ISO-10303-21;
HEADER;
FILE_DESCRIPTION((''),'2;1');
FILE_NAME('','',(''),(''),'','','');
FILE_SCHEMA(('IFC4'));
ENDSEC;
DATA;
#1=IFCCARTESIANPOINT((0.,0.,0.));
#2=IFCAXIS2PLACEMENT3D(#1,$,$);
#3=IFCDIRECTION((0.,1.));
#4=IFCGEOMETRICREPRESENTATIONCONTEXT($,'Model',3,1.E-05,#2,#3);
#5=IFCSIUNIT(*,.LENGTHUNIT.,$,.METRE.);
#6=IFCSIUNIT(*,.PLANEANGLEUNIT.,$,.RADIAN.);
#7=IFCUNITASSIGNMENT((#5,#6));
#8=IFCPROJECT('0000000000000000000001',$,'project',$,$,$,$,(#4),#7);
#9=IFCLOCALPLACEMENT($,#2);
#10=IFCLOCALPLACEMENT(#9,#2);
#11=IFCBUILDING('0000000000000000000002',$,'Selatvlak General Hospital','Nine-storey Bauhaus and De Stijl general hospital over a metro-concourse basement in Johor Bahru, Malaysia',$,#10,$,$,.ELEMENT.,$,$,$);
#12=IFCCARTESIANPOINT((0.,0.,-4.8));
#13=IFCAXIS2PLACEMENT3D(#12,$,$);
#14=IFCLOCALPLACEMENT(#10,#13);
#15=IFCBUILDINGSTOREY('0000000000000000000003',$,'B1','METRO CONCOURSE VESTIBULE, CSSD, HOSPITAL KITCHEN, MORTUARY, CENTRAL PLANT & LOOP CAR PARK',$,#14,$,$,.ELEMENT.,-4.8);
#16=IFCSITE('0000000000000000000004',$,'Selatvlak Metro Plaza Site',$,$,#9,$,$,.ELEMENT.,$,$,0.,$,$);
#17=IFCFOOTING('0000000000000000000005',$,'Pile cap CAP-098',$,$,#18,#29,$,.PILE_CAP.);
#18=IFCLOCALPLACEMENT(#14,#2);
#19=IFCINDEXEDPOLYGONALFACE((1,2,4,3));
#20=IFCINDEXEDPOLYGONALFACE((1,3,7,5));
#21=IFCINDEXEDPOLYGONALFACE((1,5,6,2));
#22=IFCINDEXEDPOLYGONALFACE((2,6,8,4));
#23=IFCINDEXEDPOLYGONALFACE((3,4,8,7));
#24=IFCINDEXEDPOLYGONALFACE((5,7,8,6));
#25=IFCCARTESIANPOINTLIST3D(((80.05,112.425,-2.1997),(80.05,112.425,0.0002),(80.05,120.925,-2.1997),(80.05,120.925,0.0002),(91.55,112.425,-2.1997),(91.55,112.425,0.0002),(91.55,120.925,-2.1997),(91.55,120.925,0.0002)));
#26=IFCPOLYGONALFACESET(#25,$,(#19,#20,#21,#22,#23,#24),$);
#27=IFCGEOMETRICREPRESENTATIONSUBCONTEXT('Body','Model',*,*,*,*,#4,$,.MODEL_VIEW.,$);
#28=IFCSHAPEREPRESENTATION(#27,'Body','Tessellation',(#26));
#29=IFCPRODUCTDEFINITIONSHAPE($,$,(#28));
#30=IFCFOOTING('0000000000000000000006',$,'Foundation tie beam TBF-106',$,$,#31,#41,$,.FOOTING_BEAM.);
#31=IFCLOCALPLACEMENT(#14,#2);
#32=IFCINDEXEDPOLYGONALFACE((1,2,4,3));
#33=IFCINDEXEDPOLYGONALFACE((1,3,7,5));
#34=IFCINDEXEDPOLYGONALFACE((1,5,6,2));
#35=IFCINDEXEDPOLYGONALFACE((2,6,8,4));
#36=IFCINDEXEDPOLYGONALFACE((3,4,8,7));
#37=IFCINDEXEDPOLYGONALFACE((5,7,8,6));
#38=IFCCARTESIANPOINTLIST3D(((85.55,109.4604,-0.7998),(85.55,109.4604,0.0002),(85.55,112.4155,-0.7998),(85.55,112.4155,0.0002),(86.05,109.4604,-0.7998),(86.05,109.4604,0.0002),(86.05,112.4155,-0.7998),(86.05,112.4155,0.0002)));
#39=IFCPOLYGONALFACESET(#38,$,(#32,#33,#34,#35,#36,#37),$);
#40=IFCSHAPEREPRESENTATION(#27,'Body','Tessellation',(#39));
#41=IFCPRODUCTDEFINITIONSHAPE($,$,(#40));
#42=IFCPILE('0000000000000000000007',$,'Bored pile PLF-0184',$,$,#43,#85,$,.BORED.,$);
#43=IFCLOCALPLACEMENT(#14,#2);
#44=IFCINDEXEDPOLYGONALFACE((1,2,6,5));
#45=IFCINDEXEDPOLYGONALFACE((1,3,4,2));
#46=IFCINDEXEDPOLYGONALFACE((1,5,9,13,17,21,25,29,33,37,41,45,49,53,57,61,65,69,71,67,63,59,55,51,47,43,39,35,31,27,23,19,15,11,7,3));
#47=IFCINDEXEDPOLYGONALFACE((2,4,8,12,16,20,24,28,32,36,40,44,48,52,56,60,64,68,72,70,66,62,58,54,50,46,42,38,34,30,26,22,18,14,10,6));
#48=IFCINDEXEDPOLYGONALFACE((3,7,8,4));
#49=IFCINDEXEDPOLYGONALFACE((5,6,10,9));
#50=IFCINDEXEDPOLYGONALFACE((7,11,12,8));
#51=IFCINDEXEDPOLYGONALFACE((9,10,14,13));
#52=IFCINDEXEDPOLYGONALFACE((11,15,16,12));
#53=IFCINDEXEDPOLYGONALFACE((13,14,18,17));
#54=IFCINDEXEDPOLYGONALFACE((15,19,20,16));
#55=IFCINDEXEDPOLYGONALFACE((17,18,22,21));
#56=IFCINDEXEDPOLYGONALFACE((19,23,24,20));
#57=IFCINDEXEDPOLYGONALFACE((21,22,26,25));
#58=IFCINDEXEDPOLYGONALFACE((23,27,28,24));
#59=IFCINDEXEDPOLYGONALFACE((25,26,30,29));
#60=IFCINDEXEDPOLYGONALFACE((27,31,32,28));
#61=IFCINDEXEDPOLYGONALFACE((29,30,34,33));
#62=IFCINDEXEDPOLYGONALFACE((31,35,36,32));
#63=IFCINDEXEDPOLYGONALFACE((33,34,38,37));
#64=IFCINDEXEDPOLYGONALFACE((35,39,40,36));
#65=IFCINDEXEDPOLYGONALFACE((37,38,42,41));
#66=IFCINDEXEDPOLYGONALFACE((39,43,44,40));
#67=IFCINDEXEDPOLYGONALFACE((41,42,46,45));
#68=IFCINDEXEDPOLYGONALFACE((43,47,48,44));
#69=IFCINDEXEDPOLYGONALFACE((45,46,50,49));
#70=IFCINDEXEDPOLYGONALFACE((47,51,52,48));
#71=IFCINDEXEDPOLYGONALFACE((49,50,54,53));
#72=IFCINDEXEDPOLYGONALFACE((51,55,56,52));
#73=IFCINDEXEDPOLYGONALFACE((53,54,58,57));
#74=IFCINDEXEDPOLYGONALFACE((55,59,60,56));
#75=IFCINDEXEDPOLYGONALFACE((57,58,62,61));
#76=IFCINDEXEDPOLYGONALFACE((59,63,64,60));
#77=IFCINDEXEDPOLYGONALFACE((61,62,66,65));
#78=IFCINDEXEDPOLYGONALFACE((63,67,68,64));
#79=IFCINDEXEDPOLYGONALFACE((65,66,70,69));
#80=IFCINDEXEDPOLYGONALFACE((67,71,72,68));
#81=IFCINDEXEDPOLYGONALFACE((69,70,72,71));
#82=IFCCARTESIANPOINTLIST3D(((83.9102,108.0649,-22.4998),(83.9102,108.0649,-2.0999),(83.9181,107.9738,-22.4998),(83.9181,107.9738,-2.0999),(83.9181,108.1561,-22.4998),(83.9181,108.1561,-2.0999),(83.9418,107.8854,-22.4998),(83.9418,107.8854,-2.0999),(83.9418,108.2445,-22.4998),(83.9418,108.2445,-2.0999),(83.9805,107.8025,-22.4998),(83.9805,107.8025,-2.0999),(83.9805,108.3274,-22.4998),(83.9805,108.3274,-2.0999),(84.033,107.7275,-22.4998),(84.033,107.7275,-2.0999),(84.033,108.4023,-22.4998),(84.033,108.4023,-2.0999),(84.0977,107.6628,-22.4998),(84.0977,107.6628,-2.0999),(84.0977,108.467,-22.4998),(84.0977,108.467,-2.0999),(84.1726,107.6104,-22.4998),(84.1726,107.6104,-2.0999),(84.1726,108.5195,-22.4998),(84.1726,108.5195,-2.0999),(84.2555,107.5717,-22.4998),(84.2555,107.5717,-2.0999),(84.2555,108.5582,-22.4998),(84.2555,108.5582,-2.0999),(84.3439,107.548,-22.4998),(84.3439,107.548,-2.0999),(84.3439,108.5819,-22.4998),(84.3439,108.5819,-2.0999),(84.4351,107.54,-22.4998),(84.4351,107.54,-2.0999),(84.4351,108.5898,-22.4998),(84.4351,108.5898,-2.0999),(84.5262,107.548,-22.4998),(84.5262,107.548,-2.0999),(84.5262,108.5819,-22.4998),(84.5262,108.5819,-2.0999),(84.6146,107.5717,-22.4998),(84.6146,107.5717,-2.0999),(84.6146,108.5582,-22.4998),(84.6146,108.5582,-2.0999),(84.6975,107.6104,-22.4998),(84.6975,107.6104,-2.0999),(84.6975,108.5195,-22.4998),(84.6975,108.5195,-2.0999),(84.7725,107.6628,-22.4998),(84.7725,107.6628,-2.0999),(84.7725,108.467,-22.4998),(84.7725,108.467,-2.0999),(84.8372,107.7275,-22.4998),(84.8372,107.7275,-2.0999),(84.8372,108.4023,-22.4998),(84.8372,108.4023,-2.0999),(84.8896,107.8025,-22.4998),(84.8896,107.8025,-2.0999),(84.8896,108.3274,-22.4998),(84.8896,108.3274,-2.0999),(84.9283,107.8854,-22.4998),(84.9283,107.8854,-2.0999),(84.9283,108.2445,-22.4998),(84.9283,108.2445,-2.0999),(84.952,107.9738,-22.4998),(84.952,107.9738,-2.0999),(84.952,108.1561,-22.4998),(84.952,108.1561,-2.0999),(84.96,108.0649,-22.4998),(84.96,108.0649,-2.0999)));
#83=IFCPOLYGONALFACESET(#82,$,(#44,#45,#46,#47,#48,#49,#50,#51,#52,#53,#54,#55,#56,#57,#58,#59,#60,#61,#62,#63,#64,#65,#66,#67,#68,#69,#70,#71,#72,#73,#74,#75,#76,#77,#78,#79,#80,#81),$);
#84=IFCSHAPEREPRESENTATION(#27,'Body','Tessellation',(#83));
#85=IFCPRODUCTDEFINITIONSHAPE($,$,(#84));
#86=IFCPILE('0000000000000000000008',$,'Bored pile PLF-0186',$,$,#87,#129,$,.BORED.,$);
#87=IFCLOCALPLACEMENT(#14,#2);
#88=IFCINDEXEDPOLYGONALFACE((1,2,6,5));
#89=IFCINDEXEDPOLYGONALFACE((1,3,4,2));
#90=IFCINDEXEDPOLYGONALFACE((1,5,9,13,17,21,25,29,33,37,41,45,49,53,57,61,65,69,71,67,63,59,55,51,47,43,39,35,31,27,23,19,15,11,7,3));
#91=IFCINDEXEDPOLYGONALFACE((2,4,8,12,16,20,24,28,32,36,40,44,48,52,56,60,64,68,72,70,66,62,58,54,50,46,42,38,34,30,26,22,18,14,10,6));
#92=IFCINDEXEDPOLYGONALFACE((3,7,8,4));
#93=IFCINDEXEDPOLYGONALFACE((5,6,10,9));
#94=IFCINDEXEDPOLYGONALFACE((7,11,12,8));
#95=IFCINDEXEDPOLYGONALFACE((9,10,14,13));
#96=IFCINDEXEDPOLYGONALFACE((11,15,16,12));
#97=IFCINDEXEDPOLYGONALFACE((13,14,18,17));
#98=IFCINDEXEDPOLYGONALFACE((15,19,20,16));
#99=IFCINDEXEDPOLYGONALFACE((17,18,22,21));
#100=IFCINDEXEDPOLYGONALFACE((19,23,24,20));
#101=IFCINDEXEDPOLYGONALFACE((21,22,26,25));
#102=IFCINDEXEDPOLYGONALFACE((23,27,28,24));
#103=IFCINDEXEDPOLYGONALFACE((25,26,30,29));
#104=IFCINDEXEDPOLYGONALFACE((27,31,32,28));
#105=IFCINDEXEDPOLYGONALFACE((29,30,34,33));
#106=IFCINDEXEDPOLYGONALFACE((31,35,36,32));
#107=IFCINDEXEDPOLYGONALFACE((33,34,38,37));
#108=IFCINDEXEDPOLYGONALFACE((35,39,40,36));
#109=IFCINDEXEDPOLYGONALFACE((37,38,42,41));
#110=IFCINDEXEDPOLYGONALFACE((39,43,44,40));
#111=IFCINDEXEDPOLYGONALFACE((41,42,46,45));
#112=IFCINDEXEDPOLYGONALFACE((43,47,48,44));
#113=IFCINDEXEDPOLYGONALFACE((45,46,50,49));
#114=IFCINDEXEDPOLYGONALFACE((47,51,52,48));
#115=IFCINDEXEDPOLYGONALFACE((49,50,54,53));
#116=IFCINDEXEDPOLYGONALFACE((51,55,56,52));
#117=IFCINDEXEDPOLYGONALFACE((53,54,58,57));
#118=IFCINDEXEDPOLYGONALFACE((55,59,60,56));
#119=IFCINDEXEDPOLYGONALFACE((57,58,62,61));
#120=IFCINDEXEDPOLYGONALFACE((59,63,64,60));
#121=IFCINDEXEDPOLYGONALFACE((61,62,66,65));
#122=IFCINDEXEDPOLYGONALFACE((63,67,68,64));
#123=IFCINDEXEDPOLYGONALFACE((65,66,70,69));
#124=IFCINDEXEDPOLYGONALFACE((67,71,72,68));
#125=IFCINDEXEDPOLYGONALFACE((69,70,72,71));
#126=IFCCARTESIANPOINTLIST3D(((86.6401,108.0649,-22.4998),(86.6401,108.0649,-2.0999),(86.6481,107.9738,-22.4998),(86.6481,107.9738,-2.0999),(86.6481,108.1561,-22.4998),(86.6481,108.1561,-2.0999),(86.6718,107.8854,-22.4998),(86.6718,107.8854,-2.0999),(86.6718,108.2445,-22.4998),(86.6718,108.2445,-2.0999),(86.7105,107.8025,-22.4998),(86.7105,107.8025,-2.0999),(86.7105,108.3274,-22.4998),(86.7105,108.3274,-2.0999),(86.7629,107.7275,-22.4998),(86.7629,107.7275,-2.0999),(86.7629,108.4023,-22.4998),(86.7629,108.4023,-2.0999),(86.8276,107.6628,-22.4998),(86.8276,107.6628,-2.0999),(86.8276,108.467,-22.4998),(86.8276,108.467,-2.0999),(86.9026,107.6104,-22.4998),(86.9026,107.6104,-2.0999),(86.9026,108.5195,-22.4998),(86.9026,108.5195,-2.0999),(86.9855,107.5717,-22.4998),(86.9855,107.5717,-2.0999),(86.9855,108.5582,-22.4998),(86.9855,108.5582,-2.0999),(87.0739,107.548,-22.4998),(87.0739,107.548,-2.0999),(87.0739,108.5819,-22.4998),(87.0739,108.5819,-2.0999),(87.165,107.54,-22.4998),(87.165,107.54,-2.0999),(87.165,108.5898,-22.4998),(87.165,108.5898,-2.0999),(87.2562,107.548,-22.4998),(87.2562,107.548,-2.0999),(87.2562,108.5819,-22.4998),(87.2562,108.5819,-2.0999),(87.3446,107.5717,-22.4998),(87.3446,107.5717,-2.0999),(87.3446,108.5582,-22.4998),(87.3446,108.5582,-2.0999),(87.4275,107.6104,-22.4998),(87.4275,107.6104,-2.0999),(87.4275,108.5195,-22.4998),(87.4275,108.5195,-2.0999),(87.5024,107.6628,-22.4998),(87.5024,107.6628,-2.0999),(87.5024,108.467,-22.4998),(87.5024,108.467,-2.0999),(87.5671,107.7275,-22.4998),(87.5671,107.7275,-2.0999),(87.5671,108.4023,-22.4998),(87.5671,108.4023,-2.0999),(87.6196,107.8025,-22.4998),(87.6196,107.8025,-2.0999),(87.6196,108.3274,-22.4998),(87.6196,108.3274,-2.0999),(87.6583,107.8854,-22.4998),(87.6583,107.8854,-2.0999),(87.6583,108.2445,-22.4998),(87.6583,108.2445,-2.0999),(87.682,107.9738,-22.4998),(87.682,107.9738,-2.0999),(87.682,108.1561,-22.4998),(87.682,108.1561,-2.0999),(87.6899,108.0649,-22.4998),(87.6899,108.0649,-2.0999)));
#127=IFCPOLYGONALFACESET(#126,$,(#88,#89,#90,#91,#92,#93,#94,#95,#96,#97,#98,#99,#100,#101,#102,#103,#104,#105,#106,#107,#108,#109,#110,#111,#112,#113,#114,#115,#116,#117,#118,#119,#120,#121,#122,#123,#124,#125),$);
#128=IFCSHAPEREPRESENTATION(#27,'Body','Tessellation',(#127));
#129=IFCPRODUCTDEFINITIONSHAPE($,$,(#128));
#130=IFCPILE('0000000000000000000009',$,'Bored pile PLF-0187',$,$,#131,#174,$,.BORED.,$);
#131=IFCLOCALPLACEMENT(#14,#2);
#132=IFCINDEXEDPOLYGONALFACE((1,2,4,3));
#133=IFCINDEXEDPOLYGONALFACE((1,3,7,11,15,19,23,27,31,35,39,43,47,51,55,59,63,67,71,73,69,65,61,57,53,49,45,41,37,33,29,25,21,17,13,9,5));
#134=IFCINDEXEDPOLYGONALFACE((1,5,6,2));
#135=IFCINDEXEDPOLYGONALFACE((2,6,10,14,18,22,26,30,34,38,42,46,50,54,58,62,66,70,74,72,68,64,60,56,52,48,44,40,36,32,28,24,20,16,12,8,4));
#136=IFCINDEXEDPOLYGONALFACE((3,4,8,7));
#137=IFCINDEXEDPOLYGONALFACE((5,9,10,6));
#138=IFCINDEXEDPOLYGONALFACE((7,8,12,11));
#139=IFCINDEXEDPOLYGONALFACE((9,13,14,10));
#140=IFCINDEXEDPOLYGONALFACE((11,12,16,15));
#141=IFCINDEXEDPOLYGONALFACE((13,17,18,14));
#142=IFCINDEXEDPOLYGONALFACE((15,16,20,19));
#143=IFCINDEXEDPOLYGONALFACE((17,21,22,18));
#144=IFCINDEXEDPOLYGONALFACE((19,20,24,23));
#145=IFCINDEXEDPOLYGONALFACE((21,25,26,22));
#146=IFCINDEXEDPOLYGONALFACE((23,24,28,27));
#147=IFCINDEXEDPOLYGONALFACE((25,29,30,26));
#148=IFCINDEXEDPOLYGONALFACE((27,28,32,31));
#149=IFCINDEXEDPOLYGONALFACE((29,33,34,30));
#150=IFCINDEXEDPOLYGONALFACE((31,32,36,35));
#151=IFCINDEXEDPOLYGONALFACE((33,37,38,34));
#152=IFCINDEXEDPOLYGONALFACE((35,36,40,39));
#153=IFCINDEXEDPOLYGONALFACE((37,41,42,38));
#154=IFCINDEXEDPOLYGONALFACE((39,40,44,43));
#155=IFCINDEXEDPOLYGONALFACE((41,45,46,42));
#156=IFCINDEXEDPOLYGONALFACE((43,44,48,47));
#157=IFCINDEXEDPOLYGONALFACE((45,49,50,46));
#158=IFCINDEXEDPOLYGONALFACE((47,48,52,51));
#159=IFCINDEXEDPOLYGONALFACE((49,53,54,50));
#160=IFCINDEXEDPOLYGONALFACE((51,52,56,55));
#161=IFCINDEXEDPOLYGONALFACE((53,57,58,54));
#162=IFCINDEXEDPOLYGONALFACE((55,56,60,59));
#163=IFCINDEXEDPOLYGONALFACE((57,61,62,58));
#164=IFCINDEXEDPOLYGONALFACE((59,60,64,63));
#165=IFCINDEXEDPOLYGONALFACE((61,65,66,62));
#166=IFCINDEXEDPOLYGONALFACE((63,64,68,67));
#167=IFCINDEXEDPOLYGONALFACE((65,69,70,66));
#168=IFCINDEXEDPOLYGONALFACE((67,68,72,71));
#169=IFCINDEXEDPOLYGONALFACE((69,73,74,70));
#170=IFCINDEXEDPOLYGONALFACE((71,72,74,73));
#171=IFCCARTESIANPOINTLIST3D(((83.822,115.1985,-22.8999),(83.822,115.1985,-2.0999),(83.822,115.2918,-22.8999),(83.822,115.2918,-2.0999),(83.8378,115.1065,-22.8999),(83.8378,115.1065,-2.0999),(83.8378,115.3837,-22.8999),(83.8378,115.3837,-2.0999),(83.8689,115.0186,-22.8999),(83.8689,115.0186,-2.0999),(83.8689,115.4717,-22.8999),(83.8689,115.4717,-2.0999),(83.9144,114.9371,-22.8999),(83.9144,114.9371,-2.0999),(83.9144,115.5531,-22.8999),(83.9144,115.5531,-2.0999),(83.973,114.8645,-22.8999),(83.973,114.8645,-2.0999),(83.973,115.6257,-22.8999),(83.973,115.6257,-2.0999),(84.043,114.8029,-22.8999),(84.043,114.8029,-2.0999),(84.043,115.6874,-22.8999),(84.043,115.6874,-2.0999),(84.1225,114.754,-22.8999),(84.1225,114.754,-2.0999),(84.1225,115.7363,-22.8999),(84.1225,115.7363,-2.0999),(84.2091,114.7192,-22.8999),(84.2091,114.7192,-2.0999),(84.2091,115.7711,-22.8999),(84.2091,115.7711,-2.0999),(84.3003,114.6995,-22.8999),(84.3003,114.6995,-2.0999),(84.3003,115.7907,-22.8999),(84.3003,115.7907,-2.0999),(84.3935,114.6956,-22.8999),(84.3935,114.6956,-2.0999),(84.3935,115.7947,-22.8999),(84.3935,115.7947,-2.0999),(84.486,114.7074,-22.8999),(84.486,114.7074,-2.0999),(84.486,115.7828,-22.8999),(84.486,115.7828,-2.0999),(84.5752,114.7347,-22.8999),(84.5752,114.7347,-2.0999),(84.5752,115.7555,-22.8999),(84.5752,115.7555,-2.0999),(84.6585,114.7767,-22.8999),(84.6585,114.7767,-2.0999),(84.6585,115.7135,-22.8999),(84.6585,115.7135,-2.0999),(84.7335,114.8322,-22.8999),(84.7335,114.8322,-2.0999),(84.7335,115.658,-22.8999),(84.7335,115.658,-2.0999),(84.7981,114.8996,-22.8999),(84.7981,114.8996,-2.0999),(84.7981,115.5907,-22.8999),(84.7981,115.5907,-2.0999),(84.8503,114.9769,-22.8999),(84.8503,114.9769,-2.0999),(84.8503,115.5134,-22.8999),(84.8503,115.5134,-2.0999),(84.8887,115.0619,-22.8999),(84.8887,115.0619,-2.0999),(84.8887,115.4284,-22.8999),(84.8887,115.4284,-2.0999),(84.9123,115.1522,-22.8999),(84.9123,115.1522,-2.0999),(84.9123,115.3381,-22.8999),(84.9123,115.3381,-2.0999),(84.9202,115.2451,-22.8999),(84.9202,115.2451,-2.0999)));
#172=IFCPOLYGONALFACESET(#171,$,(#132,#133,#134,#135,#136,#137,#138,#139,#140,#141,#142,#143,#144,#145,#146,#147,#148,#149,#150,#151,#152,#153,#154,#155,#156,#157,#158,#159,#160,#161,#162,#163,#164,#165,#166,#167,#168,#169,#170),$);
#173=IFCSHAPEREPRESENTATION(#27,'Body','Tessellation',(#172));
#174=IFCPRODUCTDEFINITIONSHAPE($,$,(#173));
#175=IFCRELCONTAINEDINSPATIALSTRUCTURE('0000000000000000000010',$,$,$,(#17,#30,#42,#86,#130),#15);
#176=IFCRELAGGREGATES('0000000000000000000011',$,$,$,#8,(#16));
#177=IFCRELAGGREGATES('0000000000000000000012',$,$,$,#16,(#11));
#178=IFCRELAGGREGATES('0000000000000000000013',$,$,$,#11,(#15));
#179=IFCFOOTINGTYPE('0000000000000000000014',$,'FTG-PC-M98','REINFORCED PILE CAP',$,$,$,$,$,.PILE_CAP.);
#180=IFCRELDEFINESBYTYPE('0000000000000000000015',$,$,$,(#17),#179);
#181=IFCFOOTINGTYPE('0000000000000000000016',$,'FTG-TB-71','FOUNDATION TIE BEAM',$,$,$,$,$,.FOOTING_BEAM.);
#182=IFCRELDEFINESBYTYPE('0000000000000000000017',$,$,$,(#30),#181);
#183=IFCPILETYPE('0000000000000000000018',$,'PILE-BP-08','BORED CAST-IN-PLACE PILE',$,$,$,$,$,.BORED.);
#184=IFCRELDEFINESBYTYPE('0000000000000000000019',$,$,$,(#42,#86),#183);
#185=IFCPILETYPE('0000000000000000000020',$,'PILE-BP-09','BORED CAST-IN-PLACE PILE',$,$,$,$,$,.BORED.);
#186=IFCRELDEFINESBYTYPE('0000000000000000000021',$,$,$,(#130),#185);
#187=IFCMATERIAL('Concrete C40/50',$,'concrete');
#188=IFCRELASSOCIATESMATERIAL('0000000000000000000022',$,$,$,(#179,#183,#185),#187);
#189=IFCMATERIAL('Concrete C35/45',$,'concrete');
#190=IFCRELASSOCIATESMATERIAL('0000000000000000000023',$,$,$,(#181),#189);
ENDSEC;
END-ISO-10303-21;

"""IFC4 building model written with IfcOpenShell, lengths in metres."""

from ifc_helpers import new_model, si_unit, direction, frame, origin, origin_2d, place, context, subcontext, project, spatial, rectangle, circle, extrude, material, material_profile, profile_set, type_object, element, save


model = new_model("IFC4")

# Units and contexts
model_context = context("Model", 3, precision=1e-05, world=origin(), true_north=direction((0.0, 1.0)))
body_context = subcontext(model_context, "Body", "Model", "MODEL_VIEW")
ifc_project = project(units=[si_unit("LENGTHUNIT", "METRE"), si_unit("PLANEANGLEUNIT", "RADIAN")], contexts=[model_context])

# Site, building, storey
site_placement = place(None, origin())
site = spatial("IfcSite", under=ifc_project, at=site_placement, Name="Selatvlak Metro Plaza Site", CompositionType="ELEMENT", RefElevation=0.0)
building_placement = place(site_placement, origin())
building = spatial("IfcBuilding", under=site, at=building_placement, Name="Selatvlak General Hospital", Description="Nine-storey Bauhaus and De Stijl general hospital over a metro-concourse basement in Johor Bahru, Malaysia", CompositionType="ELEMENT")
storey_placement = place(building_placement, frame((0.0, 0.0, -4.8)))
storey = spatial("IfcBuildingStorey", under=building, at=storey_placement, Name="B1", Description="METRO CONCOURSE VESTIBULE, CSSD, HOSPITAL KITCHEN, MORTUARY, CENTRAL PLANT & LOOP CAR PARK", CompositionType="ELEMENT", Elevation=-4.8)

# Footings
ifc_material_1 = material(Name="Concrete C40/50", Category="concrete")
footing_type_1 = type_object("IfcFootingType", Name="FTG-PC-M98", Description="REINFORCED PILE CAP", PredefinedType="PILE_CAP", material=ifc_material_1)
footing_1_placement = place(storey_placement, frame((85.8, 116.675, -2.1997), z_axis=(0.0, 0.0, 1.0), x_axis=(1.0, 0.0, 0.0)))
element("IfcFooting", 1, at=footing_1_placement, inside=storey, type_object=footing_type_1, Name="Pile cap CAP-098", PredefinedType="PILE_CAP", context=body_context, shape_type="SweptSolid", body=[
    extrude(rectangle(XDim=11.5, YDim=8.5, at=origin_2d()), origin(), (0.0, 0.0, 1.0), 2.2),
])
ifc_material_2 = material(Name="Concrete C35/45", Category="concrete")
footing_type_2 = type_object("IfcFootingType", Name="FTG-TB-71", Description="FOUNDATION TIE BEAM", PredefinedType="FOOTING_BEAM", material=ifc_material_2)
footing_2_placement = place(storey_placement, frame((85.8, 110.938, -0.7998), z_axis=(0.0, 0.0, 1.0), x_axis=(0.0, 1.0, 0.0)))
element("IfcFooting", 2, at=footing_2_placement, inside=storey, type_object=footing_type_2, Name="Foundation tie beam TBF-106", PredefinedType="FOOTING_BEAM", context=body_context, shape_type="SweptSolid", body=[
    extrude(rectangle(XDim=2.9551, YDim=0.5, at=origin_2d()), origin(), (0.0, 0.0, 1.0), 0.8),
])

# Piles
ifc_material_profile_1 = material_profile(ifc_material_1, circle(Radius=0.5249, at=origin_2d()), Name="BORED PILE 1050")
ifc_profile_set_1 = profile_set([ifc_material_profile_1], Name="Concrete C40/50")
pile_type_1 = type_object("IfcPileType", Name="PILE-BP-08", Description="BORED CAST-IN-PLACE PILE", PredefinedType="BORED", material=ifc_profile_set_1)
for number, where, z_axis, x_axis, name in (
    (3, (84.4351, 108.0649, -2.0999), (0.0, 0.0, -1.0), (1.0, 0.0, 0.0), "Bored pile PLF-0184"),
    (4, (87.165, 108.0649, -2.0999), (0.0, 0.0, -1.0), (1.0, 0.0, 0.0), "Bored pile PLF-0186"),
):
    element("IfcPile", number, at=place(storey_placement, frame(where, z_axis=z_axis, x_axis=x_axis)), inside=storey, type_object=pile_type_1, Name=name, PredefinedType="BORED", context=body_context, shape_type="SweptSolid", body=[
        extrude(circle(Radius=0.5249, at=origin_2d()), origin(), (0.0, 0.0, 1.0), 20.3999),
    ])
ifc_material_profile_2 = material_profile(ifc_material_1, circle(Radius=0.55, at=origin_2d()), Name="BORED PILE 1100")
ifc_profile_set_2 = profile_set([ifc_material_profile_2], Name="Concrete C40/50")
pile_type_2 = type_object("IfcPileType", Name="PILE-BP-09", Description="BORED CAST-IN-PLACE PILE", PredefinedType="BORED", material=ifc_profile_set_2)
for number, where, z_axis, x_axis, name in (
    (5, (84.3701, 115.2451, -2.0999), (0.0, 0.0, -1.0), (1.0, 0.0, 0.0), "Bored pile PLF-0187"),
):
    element("IfcPile", number, at=place(storey_placement, frame(where, z_axis=z_axis, x_axis=x_axis)), inside=storey, type_object=pile_type_2, Name=name, PredefinedType="BORED", context=body_context, shape_type="SweptSolid", body=[
        extrude(circle(Radius=0.55, at=origin_2d()), origin(), (0.0, 0.0, 1.0), 20.8),
    ])

save(model, "model.ifc")
